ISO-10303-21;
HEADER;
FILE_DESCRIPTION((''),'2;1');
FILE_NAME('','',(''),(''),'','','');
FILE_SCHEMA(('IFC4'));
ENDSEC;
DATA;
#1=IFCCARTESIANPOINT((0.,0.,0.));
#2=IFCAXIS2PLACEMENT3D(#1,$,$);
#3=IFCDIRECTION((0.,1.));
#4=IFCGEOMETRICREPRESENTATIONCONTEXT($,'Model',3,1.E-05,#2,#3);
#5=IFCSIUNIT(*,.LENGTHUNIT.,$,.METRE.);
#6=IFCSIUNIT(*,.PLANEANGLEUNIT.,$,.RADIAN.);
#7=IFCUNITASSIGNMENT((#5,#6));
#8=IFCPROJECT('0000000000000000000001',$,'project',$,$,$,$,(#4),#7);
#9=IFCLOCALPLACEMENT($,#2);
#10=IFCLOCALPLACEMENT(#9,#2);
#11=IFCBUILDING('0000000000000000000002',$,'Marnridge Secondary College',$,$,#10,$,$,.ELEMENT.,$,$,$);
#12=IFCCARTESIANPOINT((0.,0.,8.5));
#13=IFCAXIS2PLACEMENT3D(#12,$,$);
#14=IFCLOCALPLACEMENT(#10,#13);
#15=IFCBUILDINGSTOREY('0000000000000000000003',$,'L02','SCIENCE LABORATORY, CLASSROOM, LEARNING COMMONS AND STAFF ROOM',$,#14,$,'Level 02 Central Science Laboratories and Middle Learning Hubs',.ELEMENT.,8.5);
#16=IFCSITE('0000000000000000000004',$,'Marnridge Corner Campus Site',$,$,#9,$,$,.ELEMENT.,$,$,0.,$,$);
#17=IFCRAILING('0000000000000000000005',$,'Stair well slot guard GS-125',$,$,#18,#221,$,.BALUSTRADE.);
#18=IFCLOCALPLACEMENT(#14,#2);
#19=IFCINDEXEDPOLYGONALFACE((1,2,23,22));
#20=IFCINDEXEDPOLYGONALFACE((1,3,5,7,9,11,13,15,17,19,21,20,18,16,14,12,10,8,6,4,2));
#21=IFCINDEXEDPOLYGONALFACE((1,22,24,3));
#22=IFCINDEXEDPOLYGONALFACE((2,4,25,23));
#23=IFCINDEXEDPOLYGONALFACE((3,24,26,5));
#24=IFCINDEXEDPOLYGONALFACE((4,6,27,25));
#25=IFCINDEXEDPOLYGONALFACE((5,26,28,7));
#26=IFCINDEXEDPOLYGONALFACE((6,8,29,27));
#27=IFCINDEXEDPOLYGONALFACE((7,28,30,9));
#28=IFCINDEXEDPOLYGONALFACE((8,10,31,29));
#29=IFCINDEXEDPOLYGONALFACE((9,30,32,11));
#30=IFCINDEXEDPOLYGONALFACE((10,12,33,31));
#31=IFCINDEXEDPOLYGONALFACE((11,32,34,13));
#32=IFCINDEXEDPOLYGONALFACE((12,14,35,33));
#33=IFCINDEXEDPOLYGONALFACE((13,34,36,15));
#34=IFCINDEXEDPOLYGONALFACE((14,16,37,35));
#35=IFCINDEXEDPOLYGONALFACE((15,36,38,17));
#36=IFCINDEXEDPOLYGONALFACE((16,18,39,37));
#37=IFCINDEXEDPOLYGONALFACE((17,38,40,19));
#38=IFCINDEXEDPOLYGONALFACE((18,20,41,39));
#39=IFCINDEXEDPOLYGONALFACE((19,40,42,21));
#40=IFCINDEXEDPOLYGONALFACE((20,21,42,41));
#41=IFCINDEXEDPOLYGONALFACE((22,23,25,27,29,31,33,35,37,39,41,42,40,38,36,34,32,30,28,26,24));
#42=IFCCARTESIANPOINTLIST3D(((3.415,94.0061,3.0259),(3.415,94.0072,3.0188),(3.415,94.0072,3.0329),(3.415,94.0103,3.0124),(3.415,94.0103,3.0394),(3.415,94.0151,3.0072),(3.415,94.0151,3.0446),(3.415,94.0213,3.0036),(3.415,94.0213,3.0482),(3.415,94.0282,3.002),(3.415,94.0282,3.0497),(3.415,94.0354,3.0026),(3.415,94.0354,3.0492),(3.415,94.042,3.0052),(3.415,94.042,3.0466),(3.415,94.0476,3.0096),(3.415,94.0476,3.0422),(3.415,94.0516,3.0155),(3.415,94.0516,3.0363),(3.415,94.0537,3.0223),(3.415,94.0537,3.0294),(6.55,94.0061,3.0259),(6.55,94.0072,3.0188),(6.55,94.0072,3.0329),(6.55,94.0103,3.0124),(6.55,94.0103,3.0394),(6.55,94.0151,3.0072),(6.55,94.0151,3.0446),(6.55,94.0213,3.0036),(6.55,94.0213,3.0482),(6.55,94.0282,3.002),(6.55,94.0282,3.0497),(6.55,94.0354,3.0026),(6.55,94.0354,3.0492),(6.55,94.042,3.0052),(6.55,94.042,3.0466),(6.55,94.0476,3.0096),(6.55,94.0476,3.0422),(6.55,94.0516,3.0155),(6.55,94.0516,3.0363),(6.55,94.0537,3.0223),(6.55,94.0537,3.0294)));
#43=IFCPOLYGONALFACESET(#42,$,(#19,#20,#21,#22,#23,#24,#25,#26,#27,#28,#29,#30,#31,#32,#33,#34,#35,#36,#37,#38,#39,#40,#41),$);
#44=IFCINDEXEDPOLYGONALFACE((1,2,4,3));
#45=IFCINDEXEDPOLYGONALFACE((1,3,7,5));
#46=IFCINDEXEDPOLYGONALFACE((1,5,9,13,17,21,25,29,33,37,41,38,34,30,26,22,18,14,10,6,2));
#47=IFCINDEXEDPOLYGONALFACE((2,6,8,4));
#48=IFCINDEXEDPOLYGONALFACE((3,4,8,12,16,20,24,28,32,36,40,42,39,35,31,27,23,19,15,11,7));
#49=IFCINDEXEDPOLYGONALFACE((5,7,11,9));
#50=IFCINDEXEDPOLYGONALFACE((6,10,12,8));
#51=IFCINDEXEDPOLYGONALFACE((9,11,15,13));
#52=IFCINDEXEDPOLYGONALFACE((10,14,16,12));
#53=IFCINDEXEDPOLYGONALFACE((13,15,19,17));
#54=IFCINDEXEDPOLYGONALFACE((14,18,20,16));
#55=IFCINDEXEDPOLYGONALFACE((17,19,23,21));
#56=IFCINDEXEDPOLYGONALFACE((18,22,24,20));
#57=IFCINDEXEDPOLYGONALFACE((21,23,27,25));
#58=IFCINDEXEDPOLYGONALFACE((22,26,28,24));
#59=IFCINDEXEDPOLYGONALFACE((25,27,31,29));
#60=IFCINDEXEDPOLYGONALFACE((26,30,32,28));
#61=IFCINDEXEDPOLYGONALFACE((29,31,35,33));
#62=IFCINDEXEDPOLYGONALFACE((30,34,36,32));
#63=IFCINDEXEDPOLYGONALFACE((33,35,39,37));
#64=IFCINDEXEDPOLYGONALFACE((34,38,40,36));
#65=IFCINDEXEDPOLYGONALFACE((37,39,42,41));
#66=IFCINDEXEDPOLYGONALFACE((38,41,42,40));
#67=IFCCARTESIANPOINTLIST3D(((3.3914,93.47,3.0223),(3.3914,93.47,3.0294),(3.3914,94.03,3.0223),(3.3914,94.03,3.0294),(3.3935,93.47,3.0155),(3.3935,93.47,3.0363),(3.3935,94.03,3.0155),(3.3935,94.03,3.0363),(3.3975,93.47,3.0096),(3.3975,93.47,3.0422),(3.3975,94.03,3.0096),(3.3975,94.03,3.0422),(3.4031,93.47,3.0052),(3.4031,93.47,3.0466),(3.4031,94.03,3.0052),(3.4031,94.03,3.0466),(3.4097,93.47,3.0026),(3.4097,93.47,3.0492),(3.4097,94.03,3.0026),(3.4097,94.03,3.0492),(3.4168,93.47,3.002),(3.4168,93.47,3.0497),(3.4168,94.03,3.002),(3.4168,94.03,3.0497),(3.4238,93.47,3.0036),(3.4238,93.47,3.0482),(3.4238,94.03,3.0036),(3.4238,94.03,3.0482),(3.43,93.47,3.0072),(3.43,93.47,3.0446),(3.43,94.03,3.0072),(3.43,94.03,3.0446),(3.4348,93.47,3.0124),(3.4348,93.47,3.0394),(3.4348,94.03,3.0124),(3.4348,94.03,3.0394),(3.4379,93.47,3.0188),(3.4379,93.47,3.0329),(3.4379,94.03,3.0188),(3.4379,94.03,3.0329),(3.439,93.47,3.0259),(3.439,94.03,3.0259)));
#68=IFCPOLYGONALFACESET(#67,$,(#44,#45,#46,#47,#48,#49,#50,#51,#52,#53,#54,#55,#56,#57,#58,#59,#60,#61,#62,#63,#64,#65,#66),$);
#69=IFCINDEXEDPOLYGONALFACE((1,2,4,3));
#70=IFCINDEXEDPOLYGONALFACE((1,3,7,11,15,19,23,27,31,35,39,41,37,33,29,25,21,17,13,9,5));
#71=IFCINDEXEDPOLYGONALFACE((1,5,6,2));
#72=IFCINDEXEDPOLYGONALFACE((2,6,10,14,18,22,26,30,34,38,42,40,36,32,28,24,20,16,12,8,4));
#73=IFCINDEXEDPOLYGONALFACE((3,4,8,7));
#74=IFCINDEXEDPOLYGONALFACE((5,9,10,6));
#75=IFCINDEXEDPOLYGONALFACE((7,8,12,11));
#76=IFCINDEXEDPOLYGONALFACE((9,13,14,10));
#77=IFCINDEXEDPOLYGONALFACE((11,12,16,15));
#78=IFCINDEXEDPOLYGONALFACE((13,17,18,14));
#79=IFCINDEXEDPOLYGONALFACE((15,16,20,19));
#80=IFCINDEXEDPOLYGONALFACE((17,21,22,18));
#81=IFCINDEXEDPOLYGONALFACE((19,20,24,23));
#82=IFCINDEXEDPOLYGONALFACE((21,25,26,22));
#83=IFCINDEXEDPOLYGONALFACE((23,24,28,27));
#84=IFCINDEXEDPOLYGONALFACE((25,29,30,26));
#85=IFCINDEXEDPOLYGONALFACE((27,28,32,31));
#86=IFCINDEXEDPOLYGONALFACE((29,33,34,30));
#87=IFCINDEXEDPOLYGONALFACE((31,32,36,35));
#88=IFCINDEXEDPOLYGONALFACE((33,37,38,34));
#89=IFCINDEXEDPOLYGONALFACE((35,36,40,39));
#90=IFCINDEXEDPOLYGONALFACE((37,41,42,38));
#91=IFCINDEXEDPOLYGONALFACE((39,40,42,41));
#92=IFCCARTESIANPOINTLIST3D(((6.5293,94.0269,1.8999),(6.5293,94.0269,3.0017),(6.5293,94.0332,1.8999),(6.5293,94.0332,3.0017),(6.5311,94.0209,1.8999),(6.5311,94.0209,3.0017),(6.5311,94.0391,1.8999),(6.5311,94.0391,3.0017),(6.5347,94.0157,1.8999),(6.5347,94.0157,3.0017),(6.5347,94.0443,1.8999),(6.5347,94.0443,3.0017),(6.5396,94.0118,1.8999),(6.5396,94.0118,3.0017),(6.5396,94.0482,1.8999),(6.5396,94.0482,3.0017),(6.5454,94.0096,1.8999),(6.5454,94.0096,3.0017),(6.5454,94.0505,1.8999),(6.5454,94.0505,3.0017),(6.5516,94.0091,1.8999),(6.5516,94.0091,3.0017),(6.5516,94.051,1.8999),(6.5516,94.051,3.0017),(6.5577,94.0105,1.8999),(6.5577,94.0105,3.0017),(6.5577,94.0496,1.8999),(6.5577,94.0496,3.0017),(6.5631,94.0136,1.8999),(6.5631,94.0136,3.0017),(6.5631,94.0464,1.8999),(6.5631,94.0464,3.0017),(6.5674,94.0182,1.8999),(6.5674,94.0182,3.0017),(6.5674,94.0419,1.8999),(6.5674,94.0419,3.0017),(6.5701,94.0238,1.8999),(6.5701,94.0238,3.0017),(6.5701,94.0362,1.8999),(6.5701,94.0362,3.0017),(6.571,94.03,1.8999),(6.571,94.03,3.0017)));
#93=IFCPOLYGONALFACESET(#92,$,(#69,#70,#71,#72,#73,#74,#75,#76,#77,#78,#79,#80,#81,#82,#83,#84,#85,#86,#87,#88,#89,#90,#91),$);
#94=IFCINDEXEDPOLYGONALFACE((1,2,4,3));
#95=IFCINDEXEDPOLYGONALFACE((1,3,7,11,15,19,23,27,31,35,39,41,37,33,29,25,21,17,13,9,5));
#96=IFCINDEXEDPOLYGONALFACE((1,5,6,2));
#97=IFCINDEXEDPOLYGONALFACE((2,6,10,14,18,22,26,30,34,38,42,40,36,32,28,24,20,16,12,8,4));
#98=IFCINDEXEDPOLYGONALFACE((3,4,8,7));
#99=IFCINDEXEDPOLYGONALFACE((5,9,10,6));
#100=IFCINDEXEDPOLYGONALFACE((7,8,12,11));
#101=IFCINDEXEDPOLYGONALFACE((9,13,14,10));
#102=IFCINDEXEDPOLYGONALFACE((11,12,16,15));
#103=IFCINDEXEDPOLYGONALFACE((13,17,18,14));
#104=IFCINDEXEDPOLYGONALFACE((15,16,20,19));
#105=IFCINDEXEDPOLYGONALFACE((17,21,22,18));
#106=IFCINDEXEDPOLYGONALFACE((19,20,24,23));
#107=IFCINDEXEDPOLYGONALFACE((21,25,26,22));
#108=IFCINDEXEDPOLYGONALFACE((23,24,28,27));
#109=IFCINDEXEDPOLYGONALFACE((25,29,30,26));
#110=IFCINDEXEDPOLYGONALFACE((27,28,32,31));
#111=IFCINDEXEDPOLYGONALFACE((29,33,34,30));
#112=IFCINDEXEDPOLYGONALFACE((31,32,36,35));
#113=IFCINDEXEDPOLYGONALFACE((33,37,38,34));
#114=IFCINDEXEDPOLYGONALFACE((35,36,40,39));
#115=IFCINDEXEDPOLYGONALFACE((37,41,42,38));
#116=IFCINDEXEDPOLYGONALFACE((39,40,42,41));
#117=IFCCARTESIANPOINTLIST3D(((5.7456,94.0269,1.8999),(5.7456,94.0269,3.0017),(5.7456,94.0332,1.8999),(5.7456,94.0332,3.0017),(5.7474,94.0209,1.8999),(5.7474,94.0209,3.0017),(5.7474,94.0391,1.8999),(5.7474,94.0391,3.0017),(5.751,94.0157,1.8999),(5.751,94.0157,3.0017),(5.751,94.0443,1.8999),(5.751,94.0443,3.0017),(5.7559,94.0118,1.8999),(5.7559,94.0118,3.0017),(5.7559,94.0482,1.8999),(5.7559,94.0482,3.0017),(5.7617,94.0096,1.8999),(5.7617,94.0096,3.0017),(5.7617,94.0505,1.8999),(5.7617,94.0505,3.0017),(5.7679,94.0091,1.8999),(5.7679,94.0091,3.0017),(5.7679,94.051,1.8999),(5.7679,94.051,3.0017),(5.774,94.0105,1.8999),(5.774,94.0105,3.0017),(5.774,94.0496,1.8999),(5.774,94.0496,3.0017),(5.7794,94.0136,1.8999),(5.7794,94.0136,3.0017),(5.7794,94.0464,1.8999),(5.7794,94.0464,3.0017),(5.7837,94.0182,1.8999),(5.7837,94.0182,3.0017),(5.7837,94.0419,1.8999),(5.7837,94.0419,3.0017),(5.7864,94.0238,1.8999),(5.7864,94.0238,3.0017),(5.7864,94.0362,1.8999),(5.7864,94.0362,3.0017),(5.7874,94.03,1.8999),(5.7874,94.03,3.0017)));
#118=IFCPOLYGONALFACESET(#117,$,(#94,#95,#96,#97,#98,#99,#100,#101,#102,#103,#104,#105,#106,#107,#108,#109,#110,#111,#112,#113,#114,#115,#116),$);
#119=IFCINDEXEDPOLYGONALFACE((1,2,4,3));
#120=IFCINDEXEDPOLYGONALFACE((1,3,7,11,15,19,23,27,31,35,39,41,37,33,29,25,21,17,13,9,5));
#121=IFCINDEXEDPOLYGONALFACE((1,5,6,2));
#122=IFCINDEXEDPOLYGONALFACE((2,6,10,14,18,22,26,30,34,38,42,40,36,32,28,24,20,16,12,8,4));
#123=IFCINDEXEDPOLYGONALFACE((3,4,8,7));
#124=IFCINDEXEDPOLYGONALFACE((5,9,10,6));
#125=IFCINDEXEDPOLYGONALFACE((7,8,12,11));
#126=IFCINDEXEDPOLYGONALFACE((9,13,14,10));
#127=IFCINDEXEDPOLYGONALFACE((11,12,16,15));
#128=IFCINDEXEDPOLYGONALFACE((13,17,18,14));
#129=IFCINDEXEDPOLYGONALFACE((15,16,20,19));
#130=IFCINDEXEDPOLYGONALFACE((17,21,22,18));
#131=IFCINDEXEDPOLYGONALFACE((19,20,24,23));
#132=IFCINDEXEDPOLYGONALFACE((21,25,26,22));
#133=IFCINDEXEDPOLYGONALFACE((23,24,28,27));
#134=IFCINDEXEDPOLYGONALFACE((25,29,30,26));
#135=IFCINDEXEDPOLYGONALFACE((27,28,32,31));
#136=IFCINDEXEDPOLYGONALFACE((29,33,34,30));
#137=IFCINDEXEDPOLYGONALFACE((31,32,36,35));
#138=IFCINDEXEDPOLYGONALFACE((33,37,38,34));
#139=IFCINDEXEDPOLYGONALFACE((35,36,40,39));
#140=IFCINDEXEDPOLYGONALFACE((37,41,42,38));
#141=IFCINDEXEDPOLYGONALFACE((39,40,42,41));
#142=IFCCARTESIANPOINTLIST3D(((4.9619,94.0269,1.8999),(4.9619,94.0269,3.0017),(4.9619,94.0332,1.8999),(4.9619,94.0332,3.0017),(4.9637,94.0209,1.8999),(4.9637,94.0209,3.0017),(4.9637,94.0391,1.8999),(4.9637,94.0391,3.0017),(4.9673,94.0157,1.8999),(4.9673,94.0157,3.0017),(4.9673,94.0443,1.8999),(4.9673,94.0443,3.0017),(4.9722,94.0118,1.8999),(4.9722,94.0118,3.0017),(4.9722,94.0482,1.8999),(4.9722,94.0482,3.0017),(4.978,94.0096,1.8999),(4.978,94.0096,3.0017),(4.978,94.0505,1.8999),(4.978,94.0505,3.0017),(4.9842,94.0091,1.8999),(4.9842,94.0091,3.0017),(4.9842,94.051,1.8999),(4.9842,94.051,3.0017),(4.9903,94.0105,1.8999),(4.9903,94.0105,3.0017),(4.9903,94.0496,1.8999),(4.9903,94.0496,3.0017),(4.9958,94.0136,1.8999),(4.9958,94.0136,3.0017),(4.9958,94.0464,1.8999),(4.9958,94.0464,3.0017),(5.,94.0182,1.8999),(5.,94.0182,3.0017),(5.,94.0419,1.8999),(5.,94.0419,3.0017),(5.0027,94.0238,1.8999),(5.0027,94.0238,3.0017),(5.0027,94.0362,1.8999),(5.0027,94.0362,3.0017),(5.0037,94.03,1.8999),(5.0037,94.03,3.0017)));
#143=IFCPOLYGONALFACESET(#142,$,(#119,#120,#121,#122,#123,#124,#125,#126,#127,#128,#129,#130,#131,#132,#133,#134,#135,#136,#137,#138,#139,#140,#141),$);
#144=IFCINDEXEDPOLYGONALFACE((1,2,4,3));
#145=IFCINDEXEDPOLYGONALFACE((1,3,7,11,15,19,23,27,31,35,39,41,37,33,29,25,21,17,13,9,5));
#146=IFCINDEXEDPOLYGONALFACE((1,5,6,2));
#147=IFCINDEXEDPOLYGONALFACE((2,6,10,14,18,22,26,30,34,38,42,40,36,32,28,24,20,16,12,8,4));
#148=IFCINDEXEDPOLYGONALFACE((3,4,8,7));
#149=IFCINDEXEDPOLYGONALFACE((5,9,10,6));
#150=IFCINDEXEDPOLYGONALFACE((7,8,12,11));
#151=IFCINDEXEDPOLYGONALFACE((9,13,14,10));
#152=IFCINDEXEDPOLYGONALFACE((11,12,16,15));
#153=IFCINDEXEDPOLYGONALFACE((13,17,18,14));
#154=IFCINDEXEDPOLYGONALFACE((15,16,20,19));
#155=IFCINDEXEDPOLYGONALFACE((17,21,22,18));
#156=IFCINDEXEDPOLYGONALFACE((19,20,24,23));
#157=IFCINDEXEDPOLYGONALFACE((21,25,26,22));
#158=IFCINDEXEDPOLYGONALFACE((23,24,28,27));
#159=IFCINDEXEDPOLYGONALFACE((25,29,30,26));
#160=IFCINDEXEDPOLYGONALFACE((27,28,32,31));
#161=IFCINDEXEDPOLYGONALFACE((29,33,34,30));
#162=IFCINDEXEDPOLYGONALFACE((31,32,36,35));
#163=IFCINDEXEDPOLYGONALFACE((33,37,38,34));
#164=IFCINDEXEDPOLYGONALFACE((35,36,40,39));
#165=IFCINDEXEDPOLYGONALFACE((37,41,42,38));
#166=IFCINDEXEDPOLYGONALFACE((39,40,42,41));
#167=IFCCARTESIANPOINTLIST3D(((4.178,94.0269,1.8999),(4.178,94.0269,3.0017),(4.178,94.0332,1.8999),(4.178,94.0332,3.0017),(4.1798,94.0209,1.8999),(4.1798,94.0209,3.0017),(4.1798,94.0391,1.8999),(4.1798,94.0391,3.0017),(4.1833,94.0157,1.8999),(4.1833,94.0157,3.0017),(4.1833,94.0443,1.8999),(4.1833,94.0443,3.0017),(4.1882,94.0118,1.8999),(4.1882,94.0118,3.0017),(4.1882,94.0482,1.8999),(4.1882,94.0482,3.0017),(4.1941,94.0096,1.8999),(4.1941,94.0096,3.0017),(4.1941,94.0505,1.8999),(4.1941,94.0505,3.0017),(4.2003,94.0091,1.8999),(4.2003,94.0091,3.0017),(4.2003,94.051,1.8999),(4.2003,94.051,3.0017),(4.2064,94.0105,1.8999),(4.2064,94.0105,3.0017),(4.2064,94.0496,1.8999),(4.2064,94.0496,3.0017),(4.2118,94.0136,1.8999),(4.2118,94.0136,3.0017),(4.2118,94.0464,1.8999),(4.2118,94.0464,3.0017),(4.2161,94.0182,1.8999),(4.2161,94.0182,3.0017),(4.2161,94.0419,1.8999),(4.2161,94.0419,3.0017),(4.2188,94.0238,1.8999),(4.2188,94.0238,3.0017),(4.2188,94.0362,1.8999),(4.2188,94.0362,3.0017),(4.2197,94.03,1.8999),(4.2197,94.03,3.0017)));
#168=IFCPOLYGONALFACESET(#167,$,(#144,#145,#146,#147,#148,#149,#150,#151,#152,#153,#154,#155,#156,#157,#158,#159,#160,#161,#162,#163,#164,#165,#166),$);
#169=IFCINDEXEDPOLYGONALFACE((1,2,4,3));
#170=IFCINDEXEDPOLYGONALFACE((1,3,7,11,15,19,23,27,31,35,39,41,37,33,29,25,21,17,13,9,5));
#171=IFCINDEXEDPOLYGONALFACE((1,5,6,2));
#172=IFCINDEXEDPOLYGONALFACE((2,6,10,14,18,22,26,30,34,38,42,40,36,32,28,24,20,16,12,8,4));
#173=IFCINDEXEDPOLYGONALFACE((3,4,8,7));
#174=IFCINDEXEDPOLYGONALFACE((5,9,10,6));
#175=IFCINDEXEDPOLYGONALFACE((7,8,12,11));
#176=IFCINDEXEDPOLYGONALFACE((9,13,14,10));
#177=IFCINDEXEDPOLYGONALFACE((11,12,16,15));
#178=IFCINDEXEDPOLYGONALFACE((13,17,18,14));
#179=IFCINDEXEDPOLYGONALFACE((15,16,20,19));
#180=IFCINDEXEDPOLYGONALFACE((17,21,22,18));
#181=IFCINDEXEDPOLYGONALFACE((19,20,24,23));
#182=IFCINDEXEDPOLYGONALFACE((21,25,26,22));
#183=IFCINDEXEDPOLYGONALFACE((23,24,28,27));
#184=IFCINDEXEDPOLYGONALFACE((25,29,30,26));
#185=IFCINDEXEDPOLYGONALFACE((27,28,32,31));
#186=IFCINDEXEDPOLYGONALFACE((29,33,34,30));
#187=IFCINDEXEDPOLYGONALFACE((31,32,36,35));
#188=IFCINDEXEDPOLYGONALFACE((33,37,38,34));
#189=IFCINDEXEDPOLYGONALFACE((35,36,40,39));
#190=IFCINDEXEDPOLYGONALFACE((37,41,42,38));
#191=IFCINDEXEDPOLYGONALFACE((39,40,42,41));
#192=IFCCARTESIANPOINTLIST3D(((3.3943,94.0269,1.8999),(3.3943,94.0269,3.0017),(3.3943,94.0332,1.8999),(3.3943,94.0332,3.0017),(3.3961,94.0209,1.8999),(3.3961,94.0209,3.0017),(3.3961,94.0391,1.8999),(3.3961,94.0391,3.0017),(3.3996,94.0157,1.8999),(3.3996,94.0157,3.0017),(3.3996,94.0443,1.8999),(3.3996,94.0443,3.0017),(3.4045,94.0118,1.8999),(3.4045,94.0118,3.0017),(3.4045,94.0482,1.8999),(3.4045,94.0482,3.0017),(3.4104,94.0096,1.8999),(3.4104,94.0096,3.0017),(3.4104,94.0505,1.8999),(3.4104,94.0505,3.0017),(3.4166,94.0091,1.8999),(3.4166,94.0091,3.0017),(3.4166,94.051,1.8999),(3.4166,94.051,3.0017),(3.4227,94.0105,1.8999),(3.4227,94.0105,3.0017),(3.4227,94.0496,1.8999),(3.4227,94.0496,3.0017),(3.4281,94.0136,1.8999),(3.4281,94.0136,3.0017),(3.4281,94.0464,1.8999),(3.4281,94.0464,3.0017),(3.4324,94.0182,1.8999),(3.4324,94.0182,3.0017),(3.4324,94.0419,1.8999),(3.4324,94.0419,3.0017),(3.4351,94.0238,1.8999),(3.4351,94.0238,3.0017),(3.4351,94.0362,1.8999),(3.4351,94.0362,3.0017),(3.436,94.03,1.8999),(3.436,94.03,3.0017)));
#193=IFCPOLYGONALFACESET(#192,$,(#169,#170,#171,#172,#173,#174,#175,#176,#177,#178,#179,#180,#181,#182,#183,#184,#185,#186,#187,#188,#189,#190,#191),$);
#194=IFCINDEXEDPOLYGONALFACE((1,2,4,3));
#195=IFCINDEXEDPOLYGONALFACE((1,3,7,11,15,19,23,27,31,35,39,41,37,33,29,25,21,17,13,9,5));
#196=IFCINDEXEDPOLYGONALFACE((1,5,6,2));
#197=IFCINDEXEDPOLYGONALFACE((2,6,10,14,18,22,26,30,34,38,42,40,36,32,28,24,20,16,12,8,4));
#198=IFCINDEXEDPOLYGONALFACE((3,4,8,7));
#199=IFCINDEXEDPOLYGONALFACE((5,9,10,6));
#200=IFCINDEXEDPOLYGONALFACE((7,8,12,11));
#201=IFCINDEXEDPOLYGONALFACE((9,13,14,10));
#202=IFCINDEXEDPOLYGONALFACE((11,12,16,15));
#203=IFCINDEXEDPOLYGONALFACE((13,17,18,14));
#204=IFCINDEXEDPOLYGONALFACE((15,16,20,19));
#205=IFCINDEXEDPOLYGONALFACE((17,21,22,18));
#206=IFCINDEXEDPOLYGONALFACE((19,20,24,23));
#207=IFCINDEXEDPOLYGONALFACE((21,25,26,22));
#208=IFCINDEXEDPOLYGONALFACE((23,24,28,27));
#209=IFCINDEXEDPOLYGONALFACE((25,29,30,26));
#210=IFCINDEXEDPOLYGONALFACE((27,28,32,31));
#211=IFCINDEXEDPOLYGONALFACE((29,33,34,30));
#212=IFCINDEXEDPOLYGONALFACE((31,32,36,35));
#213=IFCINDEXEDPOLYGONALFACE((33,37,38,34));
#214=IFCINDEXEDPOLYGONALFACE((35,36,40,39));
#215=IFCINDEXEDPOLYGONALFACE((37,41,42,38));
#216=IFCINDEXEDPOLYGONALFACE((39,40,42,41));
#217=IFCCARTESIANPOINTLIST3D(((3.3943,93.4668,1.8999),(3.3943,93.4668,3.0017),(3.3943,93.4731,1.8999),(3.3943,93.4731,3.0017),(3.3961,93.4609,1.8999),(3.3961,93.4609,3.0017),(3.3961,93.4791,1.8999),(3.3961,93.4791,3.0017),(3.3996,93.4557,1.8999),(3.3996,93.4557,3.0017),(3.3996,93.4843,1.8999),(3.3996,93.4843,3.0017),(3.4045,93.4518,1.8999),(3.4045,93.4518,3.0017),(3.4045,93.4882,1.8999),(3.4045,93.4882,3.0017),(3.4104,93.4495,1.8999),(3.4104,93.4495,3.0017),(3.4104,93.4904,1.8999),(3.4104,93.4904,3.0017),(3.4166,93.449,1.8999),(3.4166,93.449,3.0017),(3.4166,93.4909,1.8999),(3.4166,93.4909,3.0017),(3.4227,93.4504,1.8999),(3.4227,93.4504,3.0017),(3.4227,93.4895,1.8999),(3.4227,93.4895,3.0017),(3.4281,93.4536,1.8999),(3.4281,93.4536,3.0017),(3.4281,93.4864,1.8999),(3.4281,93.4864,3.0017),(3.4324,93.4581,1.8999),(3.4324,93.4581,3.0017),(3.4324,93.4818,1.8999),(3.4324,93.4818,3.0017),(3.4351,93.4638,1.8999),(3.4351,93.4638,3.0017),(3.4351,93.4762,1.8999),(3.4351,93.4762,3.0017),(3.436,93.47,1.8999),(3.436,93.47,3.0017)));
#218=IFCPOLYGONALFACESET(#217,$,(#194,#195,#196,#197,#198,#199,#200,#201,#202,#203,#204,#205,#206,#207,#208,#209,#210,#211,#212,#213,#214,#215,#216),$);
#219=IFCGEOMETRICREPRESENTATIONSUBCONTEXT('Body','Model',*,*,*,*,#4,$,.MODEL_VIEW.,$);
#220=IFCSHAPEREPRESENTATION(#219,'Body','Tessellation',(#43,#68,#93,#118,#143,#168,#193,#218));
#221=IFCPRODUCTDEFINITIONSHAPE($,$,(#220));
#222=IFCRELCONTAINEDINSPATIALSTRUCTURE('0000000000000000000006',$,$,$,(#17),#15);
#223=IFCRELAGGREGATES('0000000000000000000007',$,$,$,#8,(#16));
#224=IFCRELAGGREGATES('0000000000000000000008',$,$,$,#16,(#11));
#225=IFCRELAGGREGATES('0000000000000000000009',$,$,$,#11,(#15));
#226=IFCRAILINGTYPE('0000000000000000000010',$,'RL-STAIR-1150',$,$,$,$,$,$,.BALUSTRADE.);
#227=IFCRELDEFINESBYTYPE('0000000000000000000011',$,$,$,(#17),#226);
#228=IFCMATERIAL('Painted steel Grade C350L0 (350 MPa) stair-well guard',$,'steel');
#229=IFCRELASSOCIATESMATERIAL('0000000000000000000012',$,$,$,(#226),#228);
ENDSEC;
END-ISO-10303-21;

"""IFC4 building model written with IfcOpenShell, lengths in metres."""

from ifc_helpers import new_model, si_unit, direction, frame, origin, origin_2d, place, context, subcontext, project, spatial, circle, extrude, material, type_object, element, save


model = new_model("IFC4")

# Units and contexts
model_context = context("Model", 3, precision=1e-05, world=origin(), true_north=direction((0.0, 1.0)))
body_context = subcontext(model_context, "Body", "Model", "MODEL_VIEW")
ifc_project = project(units=[si_unit("LENGTHUNIT", "METRE"), si_unit("PLANEANGLEUNIT", "RADIAN")], contexts=[model_context])

# Site, building, storey
site_placement = place(None, origin())
site = spatial("IfcSite", under=ifc_project, at=site_placement, Name="Marnridge Corner Campus Site", CompositionType="ELEMENT", RefElevation=0.0)
building_placement = place(site_placement, origin())
building = spatial("IfcBuilding", under=site, at=building_placement, Name="Marnridge Secondary College", CompositionType="ELEMENT")
storey_placement = place(building_placement, frame((0.0, 0.0, 8.5)))
storey = spatial("IfcBuildingStorey", under=building, at=storey_placement, Name="L02", Description="SCIENCE LABORATORY, CLASSROOM, LEARNING COMMONS AND STAFF ROOM", LongName="Level 02 Central Science Laboratories and Middle Learning Hubs", CompositionType="ELEMENT", Elevation=8.5)

# Railing
ifc_material_1 = material(Name="Painted steel Grade C350L0 (350 MPa) stair-well guard", Category="steel")
railing_type_1 = type_object("IfcRailingType", Name="RL-STAIR-1150", PredefinedType="BALUSTRADE", material=ifc_material_1)
railing_1_placement = place(storey_placement, frame((6.55, 94.03, 1.8999)))
element("IfcRailing", 1, at=railing_1_placement, inside=storey, type_object=railing_type_1, Name="Stair well slot guard GS-125", PredefinedType="BALUSTRADE", context=body_context, shape_type="SweptSolid", body=[
    extrude(circle(Radius=0.0239, at=origin_2d()), frame((0.0, 0.0, 1.126), z_axis=(-1.0, 0.0, 0.0), x_axis=(0.0, -1.0, 0.0)), (0.0, 0.0, 1.0), 3.135),
    extrude(circle(Radius=0.0239, at=origin_2d()), frame((-3.135, 0.0, 1.126), z_axis=(0.0, -1.0, 0.0), x_axis=(1.0, 0.0, 0.0)), (0.0, 0.0, 1.0), 0.5601),
    extrude(circle(Radius=0.021, at=origin_2d()), origin(), (0.0, 0.0, 1.0), 1.1018),
    extrude(circle(Radius=0.021, at=origin_2d()), frame((-0.7837, 0.0, 0.0)), (0.0, 0.0, 1.0), 1.1018),
    extrude(circle(Radius=0.021, at=origin_2d()), frame((-1.5674, 0.0, 0.0)), (0.0, 0.0, 1.0), 1.1018),
    extrude(circle(Radius=0.021, at=origin_2d()), frame((-2.3513, 0.0, 0.0)), (0.0, 0.0, 1.0), 1.1018),
    extrude(circle(Radius=0.021, at=origin_2d()), frame((-3.135, 0.0, 0.0)), (0.0, 0.0, 1.0), 1.1018),
    extrude(circle(Radius=0.021, at=origin_2d()), frame((-3.135, -0.5601, 0.0)), (0.0, 0.0, 1.0), 1.1018),
])

save(model, "model.ifc")
